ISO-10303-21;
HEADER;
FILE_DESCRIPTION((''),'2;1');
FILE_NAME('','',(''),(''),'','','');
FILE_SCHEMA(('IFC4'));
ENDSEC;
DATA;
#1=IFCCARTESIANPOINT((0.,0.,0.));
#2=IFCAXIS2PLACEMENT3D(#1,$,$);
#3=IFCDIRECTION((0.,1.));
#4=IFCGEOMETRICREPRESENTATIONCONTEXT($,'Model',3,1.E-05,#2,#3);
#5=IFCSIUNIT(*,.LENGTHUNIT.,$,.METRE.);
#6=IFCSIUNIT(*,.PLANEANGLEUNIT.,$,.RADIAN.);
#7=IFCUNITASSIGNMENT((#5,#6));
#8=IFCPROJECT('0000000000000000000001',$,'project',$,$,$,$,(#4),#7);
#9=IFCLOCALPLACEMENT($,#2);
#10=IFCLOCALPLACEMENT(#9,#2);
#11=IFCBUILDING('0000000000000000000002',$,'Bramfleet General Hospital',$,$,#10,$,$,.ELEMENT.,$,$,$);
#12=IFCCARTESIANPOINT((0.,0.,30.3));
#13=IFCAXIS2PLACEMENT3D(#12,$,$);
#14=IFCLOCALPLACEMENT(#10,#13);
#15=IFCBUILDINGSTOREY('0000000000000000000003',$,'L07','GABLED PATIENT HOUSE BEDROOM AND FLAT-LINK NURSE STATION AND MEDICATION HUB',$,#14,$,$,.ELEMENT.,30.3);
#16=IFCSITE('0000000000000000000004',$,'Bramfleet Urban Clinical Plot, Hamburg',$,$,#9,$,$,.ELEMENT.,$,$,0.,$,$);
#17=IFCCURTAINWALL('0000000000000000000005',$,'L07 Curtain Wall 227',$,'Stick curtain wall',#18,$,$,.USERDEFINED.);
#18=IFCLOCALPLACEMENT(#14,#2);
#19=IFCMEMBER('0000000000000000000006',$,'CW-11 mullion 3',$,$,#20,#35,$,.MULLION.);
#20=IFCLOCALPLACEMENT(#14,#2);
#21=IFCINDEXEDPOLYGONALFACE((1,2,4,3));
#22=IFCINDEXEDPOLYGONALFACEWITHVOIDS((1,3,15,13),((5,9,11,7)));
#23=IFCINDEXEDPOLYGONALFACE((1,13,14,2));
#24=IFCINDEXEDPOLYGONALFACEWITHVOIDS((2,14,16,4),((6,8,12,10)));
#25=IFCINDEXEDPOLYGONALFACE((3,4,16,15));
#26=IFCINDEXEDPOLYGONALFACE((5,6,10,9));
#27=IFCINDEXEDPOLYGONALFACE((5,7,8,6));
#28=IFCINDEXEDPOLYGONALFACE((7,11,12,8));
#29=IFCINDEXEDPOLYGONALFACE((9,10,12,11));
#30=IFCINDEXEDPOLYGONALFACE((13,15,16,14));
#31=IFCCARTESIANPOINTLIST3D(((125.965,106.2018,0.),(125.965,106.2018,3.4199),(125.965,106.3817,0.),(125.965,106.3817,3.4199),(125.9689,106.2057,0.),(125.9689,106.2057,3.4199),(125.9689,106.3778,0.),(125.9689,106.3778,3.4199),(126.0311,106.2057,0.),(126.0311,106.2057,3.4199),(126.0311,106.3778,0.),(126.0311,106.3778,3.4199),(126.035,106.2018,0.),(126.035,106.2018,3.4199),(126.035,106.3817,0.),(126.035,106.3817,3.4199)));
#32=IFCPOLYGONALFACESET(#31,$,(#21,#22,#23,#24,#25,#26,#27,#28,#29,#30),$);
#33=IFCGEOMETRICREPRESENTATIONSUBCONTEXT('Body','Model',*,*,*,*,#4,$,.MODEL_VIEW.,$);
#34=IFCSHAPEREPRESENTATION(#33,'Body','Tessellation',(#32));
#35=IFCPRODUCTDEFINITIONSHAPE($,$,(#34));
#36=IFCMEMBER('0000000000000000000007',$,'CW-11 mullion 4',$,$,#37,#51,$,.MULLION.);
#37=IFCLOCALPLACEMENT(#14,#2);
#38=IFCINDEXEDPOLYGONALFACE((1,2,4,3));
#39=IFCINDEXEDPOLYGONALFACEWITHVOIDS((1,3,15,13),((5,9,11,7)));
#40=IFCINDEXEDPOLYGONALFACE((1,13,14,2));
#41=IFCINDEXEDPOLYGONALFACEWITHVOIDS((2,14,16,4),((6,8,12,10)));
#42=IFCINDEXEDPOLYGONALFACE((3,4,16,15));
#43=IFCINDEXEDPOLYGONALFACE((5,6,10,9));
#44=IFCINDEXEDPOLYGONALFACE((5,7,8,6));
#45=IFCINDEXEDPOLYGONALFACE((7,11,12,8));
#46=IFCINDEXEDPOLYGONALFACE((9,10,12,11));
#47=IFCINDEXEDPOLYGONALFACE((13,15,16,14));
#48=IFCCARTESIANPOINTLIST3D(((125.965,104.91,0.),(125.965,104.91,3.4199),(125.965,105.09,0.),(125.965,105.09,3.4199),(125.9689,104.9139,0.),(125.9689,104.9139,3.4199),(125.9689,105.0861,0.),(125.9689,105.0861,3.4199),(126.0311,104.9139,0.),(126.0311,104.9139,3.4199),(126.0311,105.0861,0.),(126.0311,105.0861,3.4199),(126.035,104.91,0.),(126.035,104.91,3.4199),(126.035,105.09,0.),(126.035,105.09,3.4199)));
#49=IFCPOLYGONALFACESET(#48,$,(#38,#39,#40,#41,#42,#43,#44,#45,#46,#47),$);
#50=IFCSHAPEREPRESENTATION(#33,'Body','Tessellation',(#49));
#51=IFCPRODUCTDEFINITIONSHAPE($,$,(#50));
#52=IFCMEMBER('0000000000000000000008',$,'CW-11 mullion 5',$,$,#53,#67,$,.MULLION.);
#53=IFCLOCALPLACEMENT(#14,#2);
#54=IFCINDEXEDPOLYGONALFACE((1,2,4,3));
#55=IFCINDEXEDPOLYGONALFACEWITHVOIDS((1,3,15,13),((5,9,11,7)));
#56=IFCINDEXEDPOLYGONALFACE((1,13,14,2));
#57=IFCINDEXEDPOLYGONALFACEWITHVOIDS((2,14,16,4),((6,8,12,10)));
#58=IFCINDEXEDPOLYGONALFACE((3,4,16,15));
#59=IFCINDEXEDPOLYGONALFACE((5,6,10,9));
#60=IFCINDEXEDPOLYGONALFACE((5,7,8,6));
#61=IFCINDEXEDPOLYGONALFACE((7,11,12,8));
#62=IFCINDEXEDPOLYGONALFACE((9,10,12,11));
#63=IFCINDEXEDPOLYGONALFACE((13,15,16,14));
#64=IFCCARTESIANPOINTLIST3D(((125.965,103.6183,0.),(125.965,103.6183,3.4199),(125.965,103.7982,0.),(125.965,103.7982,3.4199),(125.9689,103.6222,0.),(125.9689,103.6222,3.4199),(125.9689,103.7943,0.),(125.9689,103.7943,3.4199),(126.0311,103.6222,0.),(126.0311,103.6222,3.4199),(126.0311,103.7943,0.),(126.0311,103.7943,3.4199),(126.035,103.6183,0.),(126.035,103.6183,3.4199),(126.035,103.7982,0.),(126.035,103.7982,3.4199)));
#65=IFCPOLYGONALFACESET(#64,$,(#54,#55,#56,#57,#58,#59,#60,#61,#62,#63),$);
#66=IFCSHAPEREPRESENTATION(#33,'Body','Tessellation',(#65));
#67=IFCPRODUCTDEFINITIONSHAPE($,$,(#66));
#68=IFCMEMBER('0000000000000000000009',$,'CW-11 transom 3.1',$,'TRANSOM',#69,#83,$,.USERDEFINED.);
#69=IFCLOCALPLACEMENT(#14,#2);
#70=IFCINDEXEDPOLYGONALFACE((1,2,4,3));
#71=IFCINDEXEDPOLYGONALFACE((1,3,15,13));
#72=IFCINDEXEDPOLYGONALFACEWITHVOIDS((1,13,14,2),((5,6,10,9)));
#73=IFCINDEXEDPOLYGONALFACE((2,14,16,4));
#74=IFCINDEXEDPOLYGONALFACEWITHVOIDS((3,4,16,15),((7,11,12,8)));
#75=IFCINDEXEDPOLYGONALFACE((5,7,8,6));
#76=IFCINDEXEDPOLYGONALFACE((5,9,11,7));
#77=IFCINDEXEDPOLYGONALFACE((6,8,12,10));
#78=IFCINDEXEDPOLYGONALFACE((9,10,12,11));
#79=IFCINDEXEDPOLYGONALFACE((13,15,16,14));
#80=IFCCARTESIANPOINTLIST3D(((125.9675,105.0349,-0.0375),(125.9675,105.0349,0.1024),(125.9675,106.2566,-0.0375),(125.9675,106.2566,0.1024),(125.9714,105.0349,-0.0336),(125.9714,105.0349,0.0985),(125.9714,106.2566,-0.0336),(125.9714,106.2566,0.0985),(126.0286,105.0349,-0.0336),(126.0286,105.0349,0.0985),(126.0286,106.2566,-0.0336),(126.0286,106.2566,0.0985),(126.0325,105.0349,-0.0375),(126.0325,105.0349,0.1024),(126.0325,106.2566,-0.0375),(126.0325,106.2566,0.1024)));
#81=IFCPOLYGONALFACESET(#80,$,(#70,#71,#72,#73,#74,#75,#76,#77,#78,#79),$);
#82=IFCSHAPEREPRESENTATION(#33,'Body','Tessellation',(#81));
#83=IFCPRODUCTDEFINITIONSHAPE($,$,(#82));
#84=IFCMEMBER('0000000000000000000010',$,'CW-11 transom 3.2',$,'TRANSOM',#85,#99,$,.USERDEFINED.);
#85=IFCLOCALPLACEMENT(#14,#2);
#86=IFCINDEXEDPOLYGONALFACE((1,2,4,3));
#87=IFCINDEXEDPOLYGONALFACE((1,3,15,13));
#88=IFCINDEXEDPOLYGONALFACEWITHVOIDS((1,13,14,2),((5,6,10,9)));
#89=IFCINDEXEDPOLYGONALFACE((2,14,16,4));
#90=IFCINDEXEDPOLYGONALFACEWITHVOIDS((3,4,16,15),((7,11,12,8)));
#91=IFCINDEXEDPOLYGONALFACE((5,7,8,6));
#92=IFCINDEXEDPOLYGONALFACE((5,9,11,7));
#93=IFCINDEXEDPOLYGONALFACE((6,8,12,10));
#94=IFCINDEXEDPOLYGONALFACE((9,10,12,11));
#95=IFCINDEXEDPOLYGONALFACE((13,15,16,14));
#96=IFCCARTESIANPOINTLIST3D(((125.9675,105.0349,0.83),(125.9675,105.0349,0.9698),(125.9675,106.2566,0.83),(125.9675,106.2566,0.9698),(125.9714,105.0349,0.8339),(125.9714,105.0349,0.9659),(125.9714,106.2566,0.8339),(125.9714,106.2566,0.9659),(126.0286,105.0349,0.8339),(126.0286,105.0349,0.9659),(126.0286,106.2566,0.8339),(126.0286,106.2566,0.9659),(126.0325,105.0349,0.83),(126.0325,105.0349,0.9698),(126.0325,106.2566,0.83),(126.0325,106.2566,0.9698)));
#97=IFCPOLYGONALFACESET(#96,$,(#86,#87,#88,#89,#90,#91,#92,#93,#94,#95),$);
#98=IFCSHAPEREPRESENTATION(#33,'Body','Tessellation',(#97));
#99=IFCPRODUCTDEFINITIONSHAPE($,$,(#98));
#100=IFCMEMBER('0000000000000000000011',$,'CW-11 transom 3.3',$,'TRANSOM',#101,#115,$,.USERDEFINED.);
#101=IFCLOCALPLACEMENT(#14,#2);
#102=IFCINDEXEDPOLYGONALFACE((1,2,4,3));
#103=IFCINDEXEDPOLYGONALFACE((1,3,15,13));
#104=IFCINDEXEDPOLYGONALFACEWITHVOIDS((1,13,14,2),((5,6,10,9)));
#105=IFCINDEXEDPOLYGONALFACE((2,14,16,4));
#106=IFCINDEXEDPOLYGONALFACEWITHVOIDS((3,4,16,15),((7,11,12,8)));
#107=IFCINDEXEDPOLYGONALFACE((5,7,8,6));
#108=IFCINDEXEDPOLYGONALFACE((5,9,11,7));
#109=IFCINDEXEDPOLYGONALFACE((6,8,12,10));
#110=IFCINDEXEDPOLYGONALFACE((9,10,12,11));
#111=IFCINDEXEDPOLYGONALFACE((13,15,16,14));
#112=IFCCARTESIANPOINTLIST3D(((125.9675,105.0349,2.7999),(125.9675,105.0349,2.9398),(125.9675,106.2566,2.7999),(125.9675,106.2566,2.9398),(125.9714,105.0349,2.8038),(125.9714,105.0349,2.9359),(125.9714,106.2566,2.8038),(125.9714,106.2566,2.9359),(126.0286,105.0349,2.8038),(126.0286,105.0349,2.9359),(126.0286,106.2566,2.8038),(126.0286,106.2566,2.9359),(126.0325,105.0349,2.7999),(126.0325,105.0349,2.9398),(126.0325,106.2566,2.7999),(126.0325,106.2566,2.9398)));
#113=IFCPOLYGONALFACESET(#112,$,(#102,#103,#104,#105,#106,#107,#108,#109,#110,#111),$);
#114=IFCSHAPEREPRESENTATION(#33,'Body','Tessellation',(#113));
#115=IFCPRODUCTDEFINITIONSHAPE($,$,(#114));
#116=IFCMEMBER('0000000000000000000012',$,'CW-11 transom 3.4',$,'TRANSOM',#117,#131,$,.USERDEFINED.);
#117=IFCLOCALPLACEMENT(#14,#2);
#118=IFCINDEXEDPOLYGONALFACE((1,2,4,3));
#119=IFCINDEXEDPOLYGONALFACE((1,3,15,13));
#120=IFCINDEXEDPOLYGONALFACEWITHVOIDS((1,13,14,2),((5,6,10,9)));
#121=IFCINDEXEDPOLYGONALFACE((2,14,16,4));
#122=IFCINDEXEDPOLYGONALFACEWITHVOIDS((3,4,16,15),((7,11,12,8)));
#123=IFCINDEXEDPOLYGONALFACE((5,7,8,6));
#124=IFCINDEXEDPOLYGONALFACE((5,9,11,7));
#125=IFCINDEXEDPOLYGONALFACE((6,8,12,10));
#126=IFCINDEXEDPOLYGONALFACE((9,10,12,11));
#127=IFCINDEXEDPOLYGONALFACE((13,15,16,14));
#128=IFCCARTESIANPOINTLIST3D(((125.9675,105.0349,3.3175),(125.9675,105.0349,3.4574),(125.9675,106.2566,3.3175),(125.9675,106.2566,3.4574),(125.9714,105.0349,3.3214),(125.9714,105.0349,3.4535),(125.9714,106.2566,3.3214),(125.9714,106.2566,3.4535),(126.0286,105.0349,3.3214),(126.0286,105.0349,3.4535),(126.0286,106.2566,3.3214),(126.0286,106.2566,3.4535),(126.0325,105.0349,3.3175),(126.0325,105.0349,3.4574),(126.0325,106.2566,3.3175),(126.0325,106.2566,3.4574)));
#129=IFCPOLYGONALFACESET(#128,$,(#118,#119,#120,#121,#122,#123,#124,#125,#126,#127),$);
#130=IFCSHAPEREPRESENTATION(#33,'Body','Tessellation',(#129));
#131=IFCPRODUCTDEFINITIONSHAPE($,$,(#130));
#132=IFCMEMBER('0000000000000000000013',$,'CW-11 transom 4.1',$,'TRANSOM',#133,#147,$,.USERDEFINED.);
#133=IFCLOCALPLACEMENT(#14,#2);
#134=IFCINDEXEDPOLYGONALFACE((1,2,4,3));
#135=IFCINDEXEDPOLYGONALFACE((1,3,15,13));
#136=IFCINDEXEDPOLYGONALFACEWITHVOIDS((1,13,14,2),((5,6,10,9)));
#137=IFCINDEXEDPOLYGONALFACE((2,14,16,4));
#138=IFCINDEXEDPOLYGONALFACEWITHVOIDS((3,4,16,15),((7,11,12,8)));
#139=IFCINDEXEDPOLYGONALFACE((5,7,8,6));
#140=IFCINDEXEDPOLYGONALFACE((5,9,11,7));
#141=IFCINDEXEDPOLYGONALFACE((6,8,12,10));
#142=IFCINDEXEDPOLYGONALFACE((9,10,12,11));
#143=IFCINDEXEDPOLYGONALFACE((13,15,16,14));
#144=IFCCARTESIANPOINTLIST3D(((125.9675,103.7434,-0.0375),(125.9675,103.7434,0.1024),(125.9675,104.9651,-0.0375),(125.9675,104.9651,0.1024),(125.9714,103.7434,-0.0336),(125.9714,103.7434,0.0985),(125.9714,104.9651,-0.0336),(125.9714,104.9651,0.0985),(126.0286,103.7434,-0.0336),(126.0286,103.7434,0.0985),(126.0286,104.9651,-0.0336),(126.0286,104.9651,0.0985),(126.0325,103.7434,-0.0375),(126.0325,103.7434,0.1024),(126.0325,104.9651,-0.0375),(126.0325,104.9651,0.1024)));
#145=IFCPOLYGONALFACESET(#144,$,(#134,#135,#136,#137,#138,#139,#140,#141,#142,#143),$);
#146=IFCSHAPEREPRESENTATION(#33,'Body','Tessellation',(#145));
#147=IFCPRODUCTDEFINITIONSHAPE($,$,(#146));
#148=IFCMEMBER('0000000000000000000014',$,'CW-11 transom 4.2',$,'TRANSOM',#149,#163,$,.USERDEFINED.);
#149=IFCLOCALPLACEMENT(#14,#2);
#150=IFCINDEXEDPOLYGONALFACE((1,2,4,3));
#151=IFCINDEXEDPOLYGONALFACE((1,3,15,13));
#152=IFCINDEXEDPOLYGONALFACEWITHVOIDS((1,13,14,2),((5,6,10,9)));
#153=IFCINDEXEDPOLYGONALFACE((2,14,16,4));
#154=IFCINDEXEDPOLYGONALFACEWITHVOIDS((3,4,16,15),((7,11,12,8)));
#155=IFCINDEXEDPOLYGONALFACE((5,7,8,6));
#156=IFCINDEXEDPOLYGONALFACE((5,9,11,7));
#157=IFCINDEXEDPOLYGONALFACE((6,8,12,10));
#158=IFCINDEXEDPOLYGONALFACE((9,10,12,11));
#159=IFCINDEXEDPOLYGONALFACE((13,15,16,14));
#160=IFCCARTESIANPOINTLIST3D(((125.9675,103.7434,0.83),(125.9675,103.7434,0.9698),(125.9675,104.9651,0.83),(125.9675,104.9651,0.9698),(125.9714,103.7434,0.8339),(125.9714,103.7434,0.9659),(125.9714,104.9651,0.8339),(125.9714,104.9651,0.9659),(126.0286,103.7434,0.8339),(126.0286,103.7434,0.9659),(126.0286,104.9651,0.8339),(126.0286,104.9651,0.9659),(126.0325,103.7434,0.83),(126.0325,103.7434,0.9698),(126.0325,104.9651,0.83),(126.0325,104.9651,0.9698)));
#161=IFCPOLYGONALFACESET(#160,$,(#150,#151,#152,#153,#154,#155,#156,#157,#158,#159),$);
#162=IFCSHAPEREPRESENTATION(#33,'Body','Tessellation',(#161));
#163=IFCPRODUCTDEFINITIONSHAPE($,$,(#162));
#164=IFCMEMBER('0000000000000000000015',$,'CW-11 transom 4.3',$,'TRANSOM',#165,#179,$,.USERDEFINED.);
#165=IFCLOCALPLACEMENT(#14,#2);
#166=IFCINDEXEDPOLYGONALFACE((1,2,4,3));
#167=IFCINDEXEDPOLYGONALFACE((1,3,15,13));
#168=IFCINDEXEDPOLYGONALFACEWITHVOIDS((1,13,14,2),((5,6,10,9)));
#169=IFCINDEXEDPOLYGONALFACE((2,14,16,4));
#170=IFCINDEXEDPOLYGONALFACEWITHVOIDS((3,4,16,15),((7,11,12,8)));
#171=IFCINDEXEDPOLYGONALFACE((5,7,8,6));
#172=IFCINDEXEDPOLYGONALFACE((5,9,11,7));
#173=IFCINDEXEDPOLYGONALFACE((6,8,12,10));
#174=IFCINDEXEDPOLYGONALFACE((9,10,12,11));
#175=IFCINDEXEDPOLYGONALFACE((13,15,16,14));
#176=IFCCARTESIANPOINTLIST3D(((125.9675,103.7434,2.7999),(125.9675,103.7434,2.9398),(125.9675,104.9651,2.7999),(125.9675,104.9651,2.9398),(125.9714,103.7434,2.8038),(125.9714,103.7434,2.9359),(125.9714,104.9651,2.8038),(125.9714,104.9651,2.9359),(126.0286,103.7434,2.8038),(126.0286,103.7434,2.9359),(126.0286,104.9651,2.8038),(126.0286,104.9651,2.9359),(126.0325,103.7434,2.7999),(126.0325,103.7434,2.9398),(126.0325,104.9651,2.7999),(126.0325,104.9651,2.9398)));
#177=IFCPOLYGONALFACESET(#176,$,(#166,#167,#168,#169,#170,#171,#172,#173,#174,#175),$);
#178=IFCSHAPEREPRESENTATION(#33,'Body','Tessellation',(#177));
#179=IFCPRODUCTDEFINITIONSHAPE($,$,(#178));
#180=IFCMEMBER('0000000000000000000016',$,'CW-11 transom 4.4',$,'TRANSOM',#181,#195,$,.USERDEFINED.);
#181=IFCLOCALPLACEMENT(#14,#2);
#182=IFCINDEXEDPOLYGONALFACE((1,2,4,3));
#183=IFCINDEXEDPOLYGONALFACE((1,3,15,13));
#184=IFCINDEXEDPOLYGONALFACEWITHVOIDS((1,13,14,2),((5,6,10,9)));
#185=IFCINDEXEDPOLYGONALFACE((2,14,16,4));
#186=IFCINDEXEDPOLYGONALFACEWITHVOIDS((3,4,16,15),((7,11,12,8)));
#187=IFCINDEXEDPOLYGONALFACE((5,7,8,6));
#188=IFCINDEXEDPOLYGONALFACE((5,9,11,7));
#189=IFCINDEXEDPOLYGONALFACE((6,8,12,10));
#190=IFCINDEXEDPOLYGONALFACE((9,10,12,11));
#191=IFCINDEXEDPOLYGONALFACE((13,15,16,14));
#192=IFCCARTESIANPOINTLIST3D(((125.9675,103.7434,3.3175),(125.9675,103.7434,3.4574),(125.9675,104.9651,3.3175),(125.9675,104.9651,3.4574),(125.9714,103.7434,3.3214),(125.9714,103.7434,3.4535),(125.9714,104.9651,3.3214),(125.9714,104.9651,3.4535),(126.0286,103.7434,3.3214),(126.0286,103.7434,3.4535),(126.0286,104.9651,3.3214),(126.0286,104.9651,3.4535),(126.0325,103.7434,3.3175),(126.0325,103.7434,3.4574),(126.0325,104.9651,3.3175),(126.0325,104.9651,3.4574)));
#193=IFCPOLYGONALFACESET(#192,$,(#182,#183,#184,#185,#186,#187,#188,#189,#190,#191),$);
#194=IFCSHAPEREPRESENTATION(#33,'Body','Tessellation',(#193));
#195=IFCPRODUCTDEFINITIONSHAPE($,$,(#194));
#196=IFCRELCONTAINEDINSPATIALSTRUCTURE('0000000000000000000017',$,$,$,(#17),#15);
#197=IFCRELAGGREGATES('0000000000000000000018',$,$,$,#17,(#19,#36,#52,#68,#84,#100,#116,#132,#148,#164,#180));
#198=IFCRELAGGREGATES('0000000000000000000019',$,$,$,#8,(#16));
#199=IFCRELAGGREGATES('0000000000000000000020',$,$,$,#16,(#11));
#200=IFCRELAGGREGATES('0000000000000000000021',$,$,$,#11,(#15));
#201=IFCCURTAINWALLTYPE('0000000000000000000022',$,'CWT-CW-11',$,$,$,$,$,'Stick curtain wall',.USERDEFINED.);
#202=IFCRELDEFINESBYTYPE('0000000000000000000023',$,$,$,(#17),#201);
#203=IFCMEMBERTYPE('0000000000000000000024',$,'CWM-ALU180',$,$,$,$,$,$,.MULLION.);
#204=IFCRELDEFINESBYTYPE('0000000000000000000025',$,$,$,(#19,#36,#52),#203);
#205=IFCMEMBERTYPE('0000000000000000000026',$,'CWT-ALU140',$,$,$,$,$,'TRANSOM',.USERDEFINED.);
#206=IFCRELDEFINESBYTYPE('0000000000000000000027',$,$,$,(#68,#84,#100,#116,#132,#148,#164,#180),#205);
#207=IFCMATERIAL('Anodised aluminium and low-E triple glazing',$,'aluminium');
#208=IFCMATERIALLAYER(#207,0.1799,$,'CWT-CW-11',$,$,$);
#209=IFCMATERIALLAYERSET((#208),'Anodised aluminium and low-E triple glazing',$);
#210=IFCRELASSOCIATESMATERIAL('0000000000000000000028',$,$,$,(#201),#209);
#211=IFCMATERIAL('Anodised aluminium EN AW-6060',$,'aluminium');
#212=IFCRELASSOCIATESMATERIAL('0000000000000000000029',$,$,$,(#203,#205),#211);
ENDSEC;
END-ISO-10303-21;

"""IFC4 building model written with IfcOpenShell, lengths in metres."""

from ifc_helpers import new_model, si_unit, direction, frame, origin, origin_2d, place, context, subcontext, project, spatial, hollow_rectangle, extrude, material, layer, layer_set, material_profile, profile_set, type_object, element, aggregate, save


model = new_model("IFC4")

# Units and contexts
model_context = context("Model", 3, precision=1e-05, world=origin(), true_north=direction((0.0, 1.0)))
body_context = subcontext(model_context, "Body", "Model", "MODEL_VIEW")
ifc_project = project(units=[si_unit("LENGTHUNIT", "METRE"), si_unit("PLANEANGLEUNIT", "RADIAN")], contexts=[model_context])

# Site, building, storey
site_placement = place(None, origin())
site = spatial("IfcSite", under=ifc_project, at=site_placement, Name="Bramfleet Urban Clinical Plot, Hamburg", CompositionType="ELEMENT", RefElevation=0.0)
building_placement = place(site_placement, origin())
building = spatial("IfcBuilding", under=site, at=building_placement, Name="Bramfleet General Hospital", CompositionType="ELEMENT")
storey_placement = place(building_placement, frame((0.0, 0.0, 30.3)))
storey = spatial("IfcBuildingStorey", under=building, at=storey_placement, Name="L07", Description="GABLED PATIENT HOUSE BEDROOM AND FLAT-LINK NURSE STATION AND MEDICATION HUB", CompositionType="ELEMENT", Elevation=30.3)

# Curtain wall, members
ifc_material_1 = material(Name="Anodised aluminium and low-E triple glazing", Category="aluminium")
ifc_layer_1 = layer(ifc_material_1, 0.1799, Name="CWT-CW-11")
ifc_layer_set_1 = layer_set([ifc_layer_1], Name="Anodised aluminium and low-E triple glazing")
curtain_wall_type = type_object("IfcCurtainWallType", Name="CWT-CW-11", ElementType="Stick curtain wall", PredefinedType="USERDEFINED", material=ifc_layer_set_1)
curtain_wall_placement = place(storey_placement, origin())
curtain_wall = element("IfcCurtainWall", 1, at=curtain_wall_placement, inside=storey, type_object=curtain_wall_type, Name="L07 Curtain Wall 227", ObjectType="Stick curtain wall", PredefinedType="USERDEFINED")
ifc_material_2 = material(Name="Anodised aluminium EN AW-6060", Category="aluminium")
ifc_material_profile_1 = material_profile(ifc_material_2, hollow_rectangle(XDim=0.0701, YDim=0.1799, WallThickness=0.0039, at=origin_2d()), Name="ALU 180x70x4.0")
ifc_profile_set_1 = profile_set([ifc_material_profile_1], Name="Anodised aluminium EN AW-6060")
member_type_1 = type_object("IfcMemberType", Name="CWM-ALU180", PredefinedType="MULLION", material=ifc_profile_set_1)
member_1_placement = place(storey_placement, frame((126.0, 106.2917, 0.0), z_axis=(0.0, 0.0, 1.0), x_axis=(1.0, 0.0, 0.0)))
member_1 = element("IfcMember", 2, at=member_1_placement, type_object=member_type_1, Name="CW-11 mullion 3", PredefinedType="MULLION", context=body_context, shape_type="SweptSolid", body=[
    extrude(hollow_rectangle(XDim=0.0701, YDim=0.1799, WallThickness=0.0039, at=origin_2d()), origin(), (0.0, 0.0, 1.0), 3.4199),
])
member_2_placement = place(storey_placement, frame((126.0, 105.0, 0.0), z_axis=(0.0, 0.0, 1.0), x_axis=(1.0, 0.0, 0.0)))
member_2 = element("IfcMember", 3, at=member_2_placement, type_object=member_type_1, Name="CW-11 mullion 4", PredefinedType="MULLION", context=body_context, shape_type="SweptSolid", body=[
    extrude(hollow_rectangle(XDim=0.0701, YDim=0.1799, WallThickness=0.0039, at=origin_2d()), origin(), (0.0, 0.0, 1.0), 3.4199),
])
member_3_placement = place(storey_placement, frame((126.0, 103.7083, 0.0), z_axis=(0.0, 0.0, 1.0), x_axis=(1.0, 0.0, 0.0)))
member_3 = element("IfcMember", 4, at=member_3_placement, type_object=member_type_1, Name="CW-11 mullion 5", PredefinedType="MULLION", context=body_context, shape_type="SweptSolid", body=[
    extrude(hollow_rectangle(XDim=0.0701, YDim=0.1799, WallThickness=0.0039, at=origin_2d()), origin(), (0.0, 0.0, 1.0), 3.4199),
])
ifc_material_profile_2 = material_profile(ifc_material_2, hollow_rectangle(XDim=0.0649, YDim=0.1399, WallThickness=0.0039, at=origin_2d()), Name="ALU 140x65x4.0")
ifc_profile_set_2 = profile_set([ifc_material_profile_2], Name="Anodised aluminium EN AW-6060")
member_type_2 = type_object("IfcMemberType", Name="CWT-ALU140", ElementType="TRANSOM", PredefinedType="USERDEFINED", material=ifc_profile_set_2)
member_4_placement = place(storey_placement, frame((126.0, 106.2566, 0.0325), z_axis=(0.0, -1.0, 0.0), x_axis=(1.0, 0.0, 0.0)))
member_4 = element("IfcMember", 5, at=member_4_placement, type_object=member_type_2, Name="CW-11 transom 3.1", ObjectType="TRANSOM", PredefinedType="USERDEFINED", context=body_context, shape_type="SweptSolid", body=[
    extrude(hollow_rectangle(XDim=0.0649, YDim=0.1399, WallThickness=0.0039, at=origin_2d()), origin(), (0.0, 0.0, 1.0), 1.2217),
])
member_5_placement = place(storey_placement, frame((126.0, 106.2566, 0.8999), z_axis=(0.0, -1.0, 0.0), x_axis=(1.0, 0.0, 0.0)))
member_5 = element("IfcMember", 6, at=member_5_placement, type_object=member_type_2, Name="CW-11 transom 3.2", ObjectType="TRANSOM", PredefinedType="USERDEFINED", context=body_context, shape_type="SweptSolid", body=[
    extrude(hollow_rectangle(XDim=0.0649, YDim=0.1399, WallThickness=0.0039, at=origin_2d()), origin(), (0.0, 0.0, 1.0), 1.2217),
])
member_6_placement = place(storey_placement, frame((126.0, 106.2566, 2.8699), z_axis=(0.0, -1.0, 0.0), x_axis=(1.0, 0.0, 0.0)))
member_6 = element("IfcMember", 7, at=member_6_placement, type_object=member_type_2, Name="CW-11 transom 3.3", ObjectType="TRANSOM", PredefinedType="USERDEFINED", context=body_context, shape_type="SweptSolid", body=[
    extrude(hollow_rectangle(XDim=0.0649, YDim=0.1399, WallThickness=0.0039, at=origin_2d()), origin(), (0.0, 0.0, 1.0), 1.2217),
])
member_7_placement = place(storey_placement, frame((126.0, 106.2566, 3.3875), z_axis=(0.0, -1.0, 0.0), x_axis=(1.0, 0.0, 0.0)))
member_7 = element("IfcMember", 8, at=member_7_placement, type_object=member_type_2, Name="CW-11 transom 3.4", ObjectType="TRANSOM", PredefinedType="USERDEFINED", context=body_context, shape_type="SweptSolid", body=[
    extrude(hollow_rectangle(XDim=0.0649, YDim=0.1399, WallThickness=0.0039, at=origin_2d()), origin(), (0.0, 0.0, 1.0), 1.2217),
])
member_8_placement = place(storey_placement, frame((126.0, 104.9651, 0.0325), z_axis=(0.0, -1.0, 0.0), x_axis=(1.0, 0.0, 0.0)))
member_8 = element("IfcMember", 9, at=member_8_placement, type_object=member_type_2, Name="CW-11 transom 4.1", ObjectType="TRANSOM", PredefinedType="USERDEFINED", context=body_context, shape_type="SweptSolid", body=[
    extrude(hollow_rectangle(XDim=0.0649, YDim=0.1399, WallThickness=0.0039, at=origin_2d()), origin(), (0.0, 0.0, 1.0), 1.2217),
])
member_9_placement = place(storey_placement, frame((126.0, 104.9651, 0.8999), z_axis=(0.0, -1.0, 0.0), x_axis=(1.0, 0.0, 0.0)))
member_9 = element("IfcMember", 10, at=member_9_placement, type_object=member_type_2, Name="CW-11 transom 4.2", ObjectType="TRANSOM", PredefinedType="USERDEFINED", context=body_context, shape_type="SweptSolid", body=[
    extrude(hollow_rectangle(XDim=0.0649, YDim=0.1399, WallThickness=0.0039, at=origin_2d()), origin(), (0.0, 0.0, 1.0), 1.2217),
])
member_10_placement = place(storey_placement, frame((126.0, 104.9651, 2.8699), z_axis=(0.0, -1.0, 0.0), x_axis=(1.0, 0.0, 0.0)))
member_10 = element("IfcMember", 11, at=member_10_placement, type_object=member_type_2, Name="CW-11 transom 4.3", ObjectType="TRANSOM", PredefinedType="USERDEFINED", context=body_context, shape_type="SweptSolid", body=[
    extrude(hollow_rectangle(XDim=0.0649, YDim=0.1399, WallThickness=0.0039, at=origin_2d()), origin(), (0.0, 0.0, 1.0), 1.2217),
])
member_11_placement = place(storey_placement, frame((126.0, 104.9651, 3.3875), z_axis=(0.0, -1.0, 0.0), x_axis=(1.0, 0.0, 0.0)))
member_11 = element("IfcMember", 12, at=member_11_placement, type_object=member_type_2, Name="CW-11 transom 4.4", ObjectType="TRANSOM", PredefinedType="USERDEFINED", context=body_context, shape_type="SweptSolid", body=[
    extrude(hollow_rectangle(XDim=0.0649, YDim=0.1399, WallThickness=0.0039, at=origin_2d()), origin(), (0.0, 0.0, 1.0), 1.2217),
])
aggregate(curtain_wall, [member_1, member_2, member_3, member_4, member_5, member_6, member_7, member_8, member_9, member_10, member_11])

save(model, "model.ifc")
